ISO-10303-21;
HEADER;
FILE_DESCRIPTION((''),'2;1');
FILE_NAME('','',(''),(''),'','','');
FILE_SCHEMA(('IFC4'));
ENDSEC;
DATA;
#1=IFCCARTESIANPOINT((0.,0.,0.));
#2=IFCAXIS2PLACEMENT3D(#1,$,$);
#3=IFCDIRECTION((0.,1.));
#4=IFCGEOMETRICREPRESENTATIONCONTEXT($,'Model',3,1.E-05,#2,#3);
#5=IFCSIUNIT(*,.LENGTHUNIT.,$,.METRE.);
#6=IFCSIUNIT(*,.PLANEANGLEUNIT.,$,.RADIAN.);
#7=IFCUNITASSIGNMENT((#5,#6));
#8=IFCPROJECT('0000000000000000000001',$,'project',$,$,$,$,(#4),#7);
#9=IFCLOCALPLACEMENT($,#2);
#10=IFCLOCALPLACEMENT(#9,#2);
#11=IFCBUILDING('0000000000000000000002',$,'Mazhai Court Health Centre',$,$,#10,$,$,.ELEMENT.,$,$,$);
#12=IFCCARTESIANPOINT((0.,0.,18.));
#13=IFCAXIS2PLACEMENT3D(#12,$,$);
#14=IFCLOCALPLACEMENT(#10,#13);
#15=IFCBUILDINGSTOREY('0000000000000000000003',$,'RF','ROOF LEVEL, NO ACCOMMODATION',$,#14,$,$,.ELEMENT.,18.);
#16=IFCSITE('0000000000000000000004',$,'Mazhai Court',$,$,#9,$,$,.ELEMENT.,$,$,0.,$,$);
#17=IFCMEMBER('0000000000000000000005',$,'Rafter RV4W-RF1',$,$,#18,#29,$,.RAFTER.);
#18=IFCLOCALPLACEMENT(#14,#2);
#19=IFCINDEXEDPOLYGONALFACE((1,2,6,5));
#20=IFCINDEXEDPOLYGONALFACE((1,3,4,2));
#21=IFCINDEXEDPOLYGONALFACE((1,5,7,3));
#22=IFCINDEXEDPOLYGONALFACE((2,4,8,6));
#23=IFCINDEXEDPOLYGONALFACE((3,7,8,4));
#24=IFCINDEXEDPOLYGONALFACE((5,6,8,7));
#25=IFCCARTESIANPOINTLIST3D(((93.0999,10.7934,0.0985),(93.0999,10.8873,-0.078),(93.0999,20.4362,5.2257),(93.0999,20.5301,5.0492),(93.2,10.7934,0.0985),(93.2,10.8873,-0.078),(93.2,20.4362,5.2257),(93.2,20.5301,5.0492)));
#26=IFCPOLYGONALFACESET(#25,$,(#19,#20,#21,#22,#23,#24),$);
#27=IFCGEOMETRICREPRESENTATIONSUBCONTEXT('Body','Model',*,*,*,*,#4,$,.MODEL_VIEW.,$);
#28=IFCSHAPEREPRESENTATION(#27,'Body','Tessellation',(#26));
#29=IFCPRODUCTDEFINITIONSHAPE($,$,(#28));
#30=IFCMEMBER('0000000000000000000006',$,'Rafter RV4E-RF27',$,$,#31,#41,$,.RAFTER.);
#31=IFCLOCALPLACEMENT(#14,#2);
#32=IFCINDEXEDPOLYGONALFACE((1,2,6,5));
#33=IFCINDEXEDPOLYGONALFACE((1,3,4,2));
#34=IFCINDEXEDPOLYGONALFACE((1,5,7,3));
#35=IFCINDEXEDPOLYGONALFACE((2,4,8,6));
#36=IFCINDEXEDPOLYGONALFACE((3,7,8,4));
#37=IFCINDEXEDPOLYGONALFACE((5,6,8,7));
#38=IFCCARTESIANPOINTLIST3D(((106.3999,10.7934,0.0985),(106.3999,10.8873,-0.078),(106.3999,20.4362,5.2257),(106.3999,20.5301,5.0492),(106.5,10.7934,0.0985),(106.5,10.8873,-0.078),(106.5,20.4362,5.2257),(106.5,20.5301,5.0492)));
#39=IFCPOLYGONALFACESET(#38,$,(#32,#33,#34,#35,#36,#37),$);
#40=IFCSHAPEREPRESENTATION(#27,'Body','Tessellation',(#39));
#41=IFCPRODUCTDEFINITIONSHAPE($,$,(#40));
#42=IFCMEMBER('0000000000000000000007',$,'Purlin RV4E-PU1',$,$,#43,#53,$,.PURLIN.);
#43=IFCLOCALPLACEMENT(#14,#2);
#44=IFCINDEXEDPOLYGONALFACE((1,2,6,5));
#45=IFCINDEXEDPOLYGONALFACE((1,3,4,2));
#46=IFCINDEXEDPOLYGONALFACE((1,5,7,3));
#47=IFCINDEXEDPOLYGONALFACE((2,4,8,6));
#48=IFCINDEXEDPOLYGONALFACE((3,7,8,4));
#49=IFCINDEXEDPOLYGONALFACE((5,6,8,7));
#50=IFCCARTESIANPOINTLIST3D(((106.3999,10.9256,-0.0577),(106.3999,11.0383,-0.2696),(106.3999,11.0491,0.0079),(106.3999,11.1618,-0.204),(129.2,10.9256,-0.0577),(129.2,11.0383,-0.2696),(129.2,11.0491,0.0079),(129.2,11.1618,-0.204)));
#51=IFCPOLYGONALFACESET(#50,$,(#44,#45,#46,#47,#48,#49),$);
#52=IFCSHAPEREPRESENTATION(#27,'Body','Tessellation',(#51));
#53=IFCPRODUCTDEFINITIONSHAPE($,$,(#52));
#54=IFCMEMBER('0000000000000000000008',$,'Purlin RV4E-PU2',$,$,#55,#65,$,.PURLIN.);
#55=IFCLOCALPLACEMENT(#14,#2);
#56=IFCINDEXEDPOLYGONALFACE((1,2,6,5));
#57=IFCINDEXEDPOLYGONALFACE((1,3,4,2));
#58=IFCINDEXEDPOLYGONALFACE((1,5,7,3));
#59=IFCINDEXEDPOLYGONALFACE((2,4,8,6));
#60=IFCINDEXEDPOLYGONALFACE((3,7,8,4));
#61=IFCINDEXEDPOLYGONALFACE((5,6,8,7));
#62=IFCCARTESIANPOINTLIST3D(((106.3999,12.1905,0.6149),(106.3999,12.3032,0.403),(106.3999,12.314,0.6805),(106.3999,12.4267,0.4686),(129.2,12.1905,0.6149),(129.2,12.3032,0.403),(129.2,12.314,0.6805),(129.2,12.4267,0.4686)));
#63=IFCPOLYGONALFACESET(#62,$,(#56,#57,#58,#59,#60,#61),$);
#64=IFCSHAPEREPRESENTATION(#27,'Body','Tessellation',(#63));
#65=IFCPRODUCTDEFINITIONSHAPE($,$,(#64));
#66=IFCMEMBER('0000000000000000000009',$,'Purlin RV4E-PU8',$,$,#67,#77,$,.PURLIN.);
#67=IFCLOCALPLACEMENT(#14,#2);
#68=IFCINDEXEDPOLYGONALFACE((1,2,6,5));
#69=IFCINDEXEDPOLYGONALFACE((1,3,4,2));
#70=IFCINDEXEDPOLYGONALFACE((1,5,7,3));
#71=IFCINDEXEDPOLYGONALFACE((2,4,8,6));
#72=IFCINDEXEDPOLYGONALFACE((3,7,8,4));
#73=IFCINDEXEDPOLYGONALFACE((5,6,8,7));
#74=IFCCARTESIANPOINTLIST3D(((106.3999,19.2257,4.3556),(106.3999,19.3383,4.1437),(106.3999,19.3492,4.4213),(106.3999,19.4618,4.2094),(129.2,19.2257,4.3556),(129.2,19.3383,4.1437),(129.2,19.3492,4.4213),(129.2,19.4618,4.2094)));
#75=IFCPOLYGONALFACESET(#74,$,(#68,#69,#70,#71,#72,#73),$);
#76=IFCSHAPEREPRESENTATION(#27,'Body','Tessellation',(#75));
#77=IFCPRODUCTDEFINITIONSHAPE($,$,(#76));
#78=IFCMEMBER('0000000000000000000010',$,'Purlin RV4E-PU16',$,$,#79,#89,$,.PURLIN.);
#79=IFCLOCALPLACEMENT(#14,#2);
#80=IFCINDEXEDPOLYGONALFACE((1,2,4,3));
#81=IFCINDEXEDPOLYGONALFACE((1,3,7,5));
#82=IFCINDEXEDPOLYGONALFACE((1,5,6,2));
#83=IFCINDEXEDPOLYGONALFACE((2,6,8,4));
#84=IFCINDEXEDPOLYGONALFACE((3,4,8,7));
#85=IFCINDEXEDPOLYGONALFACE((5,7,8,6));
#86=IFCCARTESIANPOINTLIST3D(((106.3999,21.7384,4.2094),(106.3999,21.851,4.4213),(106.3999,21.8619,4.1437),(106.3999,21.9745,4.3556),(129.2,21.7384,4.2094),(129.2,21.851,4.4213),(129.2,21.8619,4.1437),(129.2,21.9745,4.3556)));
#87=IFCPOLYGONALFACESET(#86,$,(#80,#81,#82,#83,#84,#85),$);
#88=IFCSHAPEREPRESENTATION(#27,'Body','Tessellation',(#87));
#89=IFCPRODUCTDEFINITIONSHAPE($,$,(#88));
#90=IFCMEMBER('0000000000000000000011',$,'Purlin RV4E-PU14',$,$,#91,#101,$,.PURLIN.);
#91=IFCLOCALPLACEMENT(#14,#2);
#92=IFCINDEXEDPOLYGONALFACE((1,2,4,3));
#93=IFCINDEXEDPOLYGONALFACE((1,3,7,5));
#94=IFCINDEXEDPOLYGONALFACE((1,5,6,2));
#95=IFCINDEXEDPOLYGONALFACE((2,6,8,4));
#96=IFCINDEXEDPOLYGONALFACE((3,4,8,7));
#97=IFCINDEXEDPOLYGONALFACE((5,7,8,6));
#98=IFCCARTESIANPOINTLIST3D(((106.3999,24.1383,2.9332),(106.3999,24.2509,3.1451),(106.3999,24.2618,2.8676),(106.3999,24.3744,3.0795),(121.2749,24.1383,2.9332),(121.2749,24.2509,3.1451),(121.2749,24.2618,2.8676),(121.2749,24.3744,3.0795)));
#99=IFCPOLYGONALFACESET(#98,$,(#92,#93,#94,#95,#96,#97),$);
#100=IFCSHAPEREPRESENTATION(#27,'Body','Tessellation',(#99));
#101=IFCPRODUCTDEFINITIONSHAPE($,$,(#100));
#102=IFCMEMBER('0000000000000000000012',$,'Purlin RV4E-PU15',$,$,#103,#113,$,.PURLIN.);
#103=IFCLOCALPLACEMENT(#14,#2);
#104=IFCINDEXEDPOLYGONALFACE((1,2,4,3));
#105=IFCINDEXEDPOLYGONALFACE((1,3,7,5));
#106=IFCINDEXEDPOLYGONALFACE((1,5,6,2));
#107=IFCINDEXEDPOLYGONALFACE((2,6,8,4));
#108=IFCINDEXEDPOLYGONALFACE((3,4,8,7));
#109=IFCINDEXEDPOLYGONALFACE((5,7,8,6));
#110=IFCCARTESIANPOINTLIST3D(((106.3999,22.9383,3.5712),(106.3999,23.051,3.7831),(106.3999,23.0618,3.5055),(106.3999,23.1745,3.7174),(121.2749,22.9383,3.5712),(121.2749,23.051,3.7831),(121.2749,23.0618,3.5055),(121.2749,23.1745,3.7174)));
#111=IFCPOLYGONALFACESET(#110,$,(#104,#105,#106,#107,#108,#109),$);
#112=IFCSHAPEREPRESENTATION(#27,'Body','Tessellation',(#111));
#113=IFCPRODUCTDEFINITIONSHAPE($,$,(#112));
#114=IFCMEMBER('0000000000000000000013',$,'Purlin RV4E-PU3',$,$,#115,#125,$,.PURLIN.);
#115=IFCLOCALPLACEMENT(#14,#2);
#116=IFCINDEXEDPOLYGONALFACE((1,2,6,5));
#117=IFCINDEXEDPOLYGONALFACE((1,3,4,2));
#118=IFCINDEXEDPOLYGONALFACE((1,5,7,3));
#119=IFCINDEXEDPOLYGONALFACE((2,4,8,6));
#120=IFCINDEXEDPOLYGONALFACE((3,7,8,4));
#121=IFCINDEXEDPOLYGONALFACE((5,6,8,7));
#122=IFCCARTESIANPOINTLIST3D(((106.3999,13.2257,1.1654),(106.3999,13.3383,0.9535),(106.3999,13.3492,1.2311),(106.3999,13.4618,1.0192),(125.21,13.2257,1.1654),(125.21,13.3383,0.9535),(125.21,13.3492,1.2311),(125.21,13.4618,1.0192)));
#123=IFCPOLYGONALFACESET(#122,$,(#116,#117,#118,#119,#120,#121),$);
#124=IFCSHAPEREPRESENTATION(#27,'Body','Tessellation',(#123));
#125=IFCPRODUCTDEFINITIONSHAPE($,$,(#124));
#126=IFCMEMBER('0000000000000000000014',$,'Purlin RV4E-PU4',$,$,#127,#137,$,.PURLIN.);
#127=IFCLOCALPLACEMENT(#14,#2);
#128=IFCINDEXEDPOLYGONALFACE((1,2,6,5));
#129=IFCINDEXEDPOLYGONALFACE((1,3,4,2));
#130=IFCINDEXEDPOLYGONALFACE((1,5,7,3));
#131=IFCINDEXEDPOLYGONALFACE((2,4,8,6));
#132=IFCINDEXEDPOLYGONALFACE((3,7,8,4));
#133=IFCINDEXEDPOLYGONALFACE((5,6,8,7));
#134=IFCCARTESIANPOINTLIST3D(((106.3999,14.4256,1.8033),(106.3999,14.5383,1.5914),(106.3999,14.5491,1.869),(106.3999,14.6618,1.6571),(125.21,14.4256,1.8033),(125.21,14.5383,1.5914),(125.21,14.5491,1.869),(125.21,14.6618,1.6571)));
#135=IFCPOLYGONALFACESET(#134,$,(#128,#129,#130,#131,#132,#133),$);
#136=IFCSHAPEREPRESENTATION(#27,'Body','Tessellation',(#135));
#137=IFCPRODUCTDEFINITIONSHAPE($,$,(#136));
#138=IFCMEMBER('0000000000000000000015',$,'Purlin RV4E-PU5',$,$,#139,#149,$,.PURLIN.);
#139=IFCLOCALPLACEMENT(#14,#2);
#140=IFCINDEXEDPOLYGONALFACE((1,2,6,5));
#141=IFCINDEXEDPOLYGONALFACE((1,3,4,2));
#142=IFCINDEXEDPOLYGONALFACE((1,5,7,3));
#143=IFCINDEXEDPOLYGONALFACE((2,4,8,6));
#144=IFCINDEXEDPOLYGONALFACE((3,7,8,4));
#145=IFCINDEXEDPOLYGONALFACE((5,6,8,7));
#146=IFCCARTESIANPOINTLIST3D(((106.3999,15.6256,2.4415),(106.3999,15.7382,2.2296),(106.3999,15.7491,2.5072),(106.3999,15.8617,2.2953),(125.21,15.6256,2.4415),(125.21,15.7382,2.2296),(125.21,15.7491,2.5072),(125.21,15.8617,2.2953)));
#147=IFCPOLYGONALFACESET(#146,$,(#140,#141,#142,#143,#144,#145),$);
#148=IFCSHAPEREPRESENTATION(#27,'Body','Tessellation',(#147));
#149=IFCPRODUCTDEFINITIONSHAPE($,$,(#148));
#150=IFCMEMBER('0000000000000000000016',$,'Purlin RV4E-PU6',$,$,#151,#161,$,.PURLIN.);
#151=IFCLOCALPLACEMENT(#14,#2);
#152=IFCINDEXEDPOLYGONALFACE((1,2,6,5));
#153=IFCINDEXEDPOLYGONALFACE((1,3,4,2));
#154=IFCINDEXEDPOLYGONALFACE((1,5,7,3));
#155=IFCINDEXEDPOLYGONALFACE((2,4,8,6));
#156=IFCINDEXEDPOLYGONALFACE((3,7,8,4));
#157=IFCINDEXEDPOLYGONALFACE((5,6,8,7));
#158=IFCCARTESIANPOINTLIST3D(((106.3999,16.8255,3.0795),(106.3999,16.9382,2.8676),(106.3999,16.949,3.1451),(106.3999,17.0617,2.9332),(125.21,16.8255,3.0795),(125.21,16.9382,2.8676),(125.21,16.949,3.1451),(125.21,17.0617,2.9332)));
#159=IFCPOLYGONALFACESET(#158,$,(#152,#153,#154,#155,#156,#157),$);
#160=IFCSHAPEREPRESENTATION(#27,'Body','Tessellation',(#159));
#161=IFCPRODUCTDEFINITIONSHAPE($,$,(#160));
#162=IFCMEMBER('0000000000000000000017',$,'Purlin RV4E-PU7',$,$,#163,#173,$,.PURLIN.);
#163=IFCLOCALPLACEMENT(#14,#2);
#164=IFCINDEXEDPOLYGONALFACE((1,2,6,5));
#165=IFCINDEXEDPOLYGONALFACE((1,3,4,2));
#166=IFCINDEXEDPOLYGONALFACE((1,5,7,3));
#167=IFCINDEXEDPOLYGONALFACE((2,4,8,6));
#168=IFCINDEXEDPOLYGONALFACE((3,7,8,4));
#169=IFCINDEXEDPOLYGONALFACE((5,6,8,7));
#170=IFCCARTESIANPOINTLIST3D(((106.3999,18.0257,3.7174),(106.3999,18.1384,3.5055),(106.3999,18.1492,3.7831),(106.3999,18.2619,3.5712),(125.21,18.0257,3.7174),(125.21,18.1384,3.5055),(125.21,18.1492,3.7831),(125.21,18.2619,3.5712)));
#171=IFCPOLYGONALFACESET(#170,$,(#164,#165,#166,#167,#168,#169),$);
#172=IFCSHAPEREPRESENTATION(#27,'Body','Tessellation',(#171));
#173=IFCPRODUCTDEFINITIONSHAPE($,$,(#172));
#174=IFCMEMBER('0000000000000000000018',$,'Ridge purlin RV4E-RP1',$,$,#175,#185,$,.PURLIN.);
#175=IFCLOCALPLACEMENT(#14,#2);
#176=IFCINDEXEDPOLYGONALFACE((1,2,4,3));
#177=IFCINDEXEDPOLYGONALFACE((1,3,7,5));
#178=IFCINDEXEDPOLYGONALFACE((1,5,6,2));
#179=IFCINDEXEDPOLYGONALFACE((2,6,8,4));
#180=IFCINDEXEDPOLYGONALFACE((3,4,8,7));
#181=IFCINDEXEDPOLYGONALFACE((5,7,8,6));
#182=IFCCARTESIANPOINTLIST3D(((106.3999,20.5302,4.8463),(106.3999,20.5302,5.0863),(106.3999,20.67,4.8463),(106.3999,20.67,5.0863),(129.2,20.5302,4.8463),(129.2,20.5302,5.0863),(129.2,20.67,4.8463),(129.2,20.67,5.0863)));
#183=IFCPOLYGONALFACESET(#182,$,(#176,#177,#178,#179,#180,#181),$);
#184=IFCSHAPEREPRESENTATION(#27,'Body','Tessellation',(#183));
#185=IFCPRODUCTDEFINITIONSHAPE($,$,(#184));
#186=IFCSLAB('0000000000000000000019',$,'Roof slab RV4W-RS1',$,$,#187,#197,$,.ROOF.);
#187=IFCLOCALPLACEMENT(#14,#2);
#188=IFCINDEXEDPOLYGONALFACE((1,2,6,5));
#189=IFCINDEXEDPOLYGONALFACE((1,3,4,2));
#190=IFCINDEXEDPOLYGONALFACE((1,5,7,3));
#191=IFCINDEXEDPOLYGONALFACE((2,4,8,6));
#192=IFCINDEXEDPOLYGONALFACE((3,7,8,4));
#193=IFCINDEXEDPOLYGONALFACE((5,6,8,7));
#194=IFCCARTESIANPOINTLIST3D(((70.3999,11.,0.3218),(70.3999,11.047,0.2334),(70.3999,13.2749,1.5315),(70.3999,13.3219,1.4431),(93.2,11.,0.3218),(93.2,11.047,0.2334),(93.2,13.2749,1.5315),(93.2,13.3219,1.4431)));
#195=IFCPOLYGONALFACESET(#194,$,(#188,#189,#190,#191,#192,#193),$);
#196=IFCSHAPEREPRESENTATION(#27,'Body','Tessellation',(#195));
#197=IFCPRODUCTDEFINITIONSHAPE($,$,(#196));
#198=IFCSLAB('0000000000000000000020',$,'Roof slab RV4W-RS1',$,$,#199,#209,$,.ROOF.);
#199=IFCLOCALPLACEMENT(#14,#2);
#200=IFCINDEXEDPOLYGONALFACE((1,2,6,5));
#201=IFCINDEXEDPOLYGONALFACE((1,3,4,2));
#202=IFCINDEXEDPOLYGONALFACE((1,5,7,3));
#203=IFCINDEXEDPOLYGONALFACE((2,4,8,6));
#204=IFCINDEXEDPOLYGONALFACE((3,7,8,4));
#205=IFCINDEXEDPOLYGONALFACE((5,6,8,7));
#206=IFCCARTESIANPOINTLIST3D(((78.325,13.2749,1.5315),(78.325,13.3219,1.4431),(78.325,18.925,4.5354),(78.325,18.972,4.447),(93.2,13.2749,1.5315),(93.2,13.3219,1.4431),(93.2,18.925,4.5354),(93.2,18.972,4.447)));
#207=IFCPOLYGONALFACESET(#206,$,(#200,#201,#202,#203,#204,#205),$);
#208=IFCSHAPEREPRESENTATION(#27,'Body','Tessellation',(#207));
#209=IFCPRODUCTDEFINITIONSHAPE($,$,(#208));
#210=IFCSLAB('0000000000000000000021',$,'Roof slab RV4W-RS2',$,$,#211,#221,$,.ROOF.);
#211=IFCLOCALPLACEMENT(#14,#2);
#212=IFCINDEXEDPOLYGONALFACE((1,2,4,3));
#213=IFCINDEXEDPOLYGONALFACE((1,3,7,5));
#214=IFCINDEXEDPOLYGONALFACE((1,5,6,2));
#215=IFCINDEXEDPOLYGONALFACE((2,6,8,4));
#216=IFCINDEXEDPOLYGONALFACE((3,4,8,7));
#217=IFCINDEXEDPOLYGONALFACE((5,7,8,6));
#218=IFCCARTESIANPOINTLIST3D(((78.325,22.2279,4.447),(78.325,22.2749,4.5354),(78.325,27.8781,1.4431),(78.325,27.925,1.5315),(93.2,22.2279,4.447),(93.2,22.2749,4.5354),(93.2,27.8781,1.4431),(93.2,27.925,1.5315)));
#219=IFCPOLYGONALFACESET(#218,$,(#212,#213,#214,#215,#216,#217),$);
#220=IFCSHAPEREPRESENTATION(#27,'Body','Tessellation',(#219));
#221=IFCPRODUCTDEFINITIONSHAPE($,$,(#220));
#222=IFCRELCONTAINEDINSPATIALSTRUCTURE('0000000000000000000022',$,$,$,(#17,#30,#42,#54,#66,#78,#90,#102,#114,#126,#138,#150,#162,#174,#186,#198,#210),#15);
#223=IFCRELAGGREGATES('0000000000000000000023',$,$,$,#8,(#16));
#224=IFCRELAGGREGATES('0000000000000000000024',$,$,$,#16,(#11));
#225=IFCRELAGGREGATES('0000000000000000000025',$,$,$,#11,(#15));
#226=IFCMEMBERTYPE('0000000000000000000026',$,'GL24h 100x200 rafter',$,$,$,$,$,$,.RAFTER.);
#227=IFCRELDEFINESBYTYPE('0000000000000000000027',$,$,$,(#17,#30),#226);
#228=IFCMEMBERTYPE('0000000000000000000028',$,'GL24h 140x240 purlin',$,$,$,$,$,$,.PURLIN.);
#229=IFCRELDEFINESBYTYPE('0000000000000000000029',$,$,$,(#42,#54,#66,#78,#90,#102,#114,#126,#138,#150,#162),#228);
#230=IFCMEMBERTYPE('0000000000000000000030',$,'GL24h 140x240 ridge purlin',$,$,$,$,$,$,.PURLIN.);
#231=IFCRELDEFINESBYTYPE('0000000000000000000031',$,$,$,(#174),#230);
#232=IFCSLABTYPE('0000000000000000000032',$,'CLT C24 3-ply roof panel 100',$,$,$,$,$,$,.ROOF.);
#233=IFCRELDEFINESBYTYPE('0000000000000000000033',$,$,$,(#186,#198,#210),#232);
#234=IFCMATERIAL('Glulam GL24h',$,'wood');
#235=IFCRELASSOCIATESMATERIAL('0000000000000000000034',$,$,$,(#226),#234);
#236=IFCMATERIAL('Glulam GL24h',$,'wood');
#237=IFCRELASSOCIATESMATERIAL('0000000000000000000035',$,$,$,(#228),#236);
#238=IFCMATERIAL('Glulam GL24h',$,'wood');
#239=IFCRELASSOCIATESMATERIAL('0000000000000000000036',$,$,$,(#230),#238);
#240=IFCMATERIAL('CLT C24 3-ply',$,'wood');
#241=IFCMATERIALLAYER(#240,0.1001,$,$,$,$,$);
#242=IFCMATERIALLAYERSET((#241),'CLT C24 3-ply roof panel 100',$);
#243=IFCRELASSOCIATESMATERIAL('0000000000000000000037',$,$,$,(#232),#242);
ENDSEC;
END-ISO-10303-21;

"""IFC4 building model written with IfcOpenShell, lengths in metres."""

from ifc_helpers import new_model, si_unit, direction, frame, origin, origin_2d, place, context, subcontext, project, spatial, polyline, rectangle, outline, extrude, material, layer, layer_set, material_profile, profile_set, type_object, element, save


model = new_model("IFC4")

# Units and contexts
model_context = context("Model", 3, precision=1e-05, world=origin(), true_north=direction((0.0, 1.0)))
body_context = subcontext(model_context, "Body", "Model", "MODEL_VIEW")
ifc_project = project(units=[si_unit("LENGTHUNIT", "METRE"), si_unit("PLANEANGLEUNIT", "RADIAN")], contexts=[model_context])

# Site, building, storey
site_placement = place(None, origin())
site = spatial("IfcSite", under=ifc_project, at=site_placement, Name="Mazhai Court", CompositionType="ELEMENT", RefElevation=0.0)
building_placement = place(site_placement, origin())
building = spatial("IfcBuilding", under=site, at=building_placement, Name="Mazhai Court Health Centre", CompositionType="ELEMENT")
storey_placement = place(building_placement, frame((0.0, 0.0, 18.0)))
storey = spatial("IfcBuildingStorey", under=building, at=storey_placement, Name="RF", Description="ROOF LEVEL, NO ACCOMMODATION", CompositionType="ELEMENT", Elevation=18.0)

# Members
ifc_material_1 = material(Name="Glulam GL24h", Category="wood")
ifc_material_profile_1 = material_profile(ifc_material_1, rectangle(XDim=0.1001, YDim=0.2, at=origin_2d()), Name="GL24h 100x200")
ifc_profile_set_1 = profile_set([ifc_material_profile_1], Name="Glulam GL24h")
member_type_1 = type_object("IfcMemberType", Name="GL24h 100x200 rafter", PredefinedType="RAFTER", material=ifc_profile_set_1)
for number, where, z_axis, x_axis, name in (
    (1, (93.1499, 10.8403, 0.0103), (0.0, 0.882947, 0.469473), (-1.0, 0.0, 0.0), "Rafter RV4W-RF1"),
    (2, (106.45, 10.8403, 0.0103), (0.0, 0.882947, 0.469473), (-1.0, 0.0, 0.0), "Rafter RV4E-RF27"),
):
    element("IfcMember", number, at=place(storey_placement, frame(where, z_axis=z_axis, x_axis=x_axis)), inside=storey, type_object=member_type_1, Name=name, PredefinedType="RAFTER", context=body_context, shape_type="SweptSolid", body=[
        extrude(rectangle(XDim=0.1001, YDim=0.2, at=origin_2d()), origin(), (0.0, 0.0, 1.0), 10.9211),
    ])
ifc_material_2 = material(Name="Glulam GL24h", Category="wood")
ifc_material_profile_2 = material_profile(ifc_material_2, rectangle(XDim=0.1399, YDim=0.24, at=origin_2d()), Name="GL24h 140x240")
ifc_profile_set_2 = profile_set([ifc_material_profile_2], Name="Glulam GL24h")
member_type_2 = type_object("IfcMemberType", Name="GL24h 140x240 purlin", PredefinedType="PURLIN", material=ifc_profile_set_2)
for number, where, z_axis, x_axis, name in (
    (3, (106.3999, 11.0437, -0.1309), (1.0, 0.0, 0.0), (0.0, 0.882948, 0.469472), "Purlin RV4E-PU1"),
    (4, (106.3999, 12.3086, 0.5417), (1.0, 0.0, 0.0), (0.0, 0.882948, 0.469472), "Purlin RV4E-PU2"),
    (5, (106.3999, 19.3438, 4.2825), (1.0, 0.0, 0.0), (0.0, 0.882948, 0.469472), "Purlin RV4E-PU8"),
    (6, (106.3999, 21.8564, 4.2825), (1.0, 0.0, 0.0), (0.0, 0.882948, -0.469472), "Purlin RV4E-PU16"),
):
    element("IfcMember", number, at=place(storey_placement, frame(where, z_axis=z_axis, x_axis=x_axis)), inside=storey, type_object=member_type_2, Name=name, PredefinedType="PURLIN", context=body_context, shape_type="SweptSolid", body=[
        extrude(rectangle(XDim=0.1399, YDim=0.24, at=origin_2d()), origin(), (0.0, 0.0, 1.0), 22.8),
    ])
for number, where, z_axis, x_axis, name in (
    (7, (106.3999, 24.2563, 3.0063), (1.0, 0.0, 0.0), (0.0, 0.882948, -0.469472), "Purlin RV4E-PU14"),
    (8, (106.3999, 23.0564, 3.6443), (1.0, 0.0, 0.0), (0.0, 0.882948, -0.469472), "Purlin RV4E-PU15"),
):
    element("IfcMember", number, at=place(storey_placement, frame(where, z_axis=z_axis, x_axis=x_axis)), inside=storey, type_object=member_type_2, Name=name, PredefinedType="PURLIN", context=body_context, shape_type="SweptSolid", body=[
        extrude(rectangle(XDim=0.1399, YDim=0.24, at=origin_2d()), origin(), (0.0, 0.0, 1.0), 14.875),
    ])
for number, where, z_axis, x_axis, name in (
    (9, (106.3999, 13.3438, 1.0923), (1.0, 0.0, 0.0), (0.0, 0.882948, 0.469472), "Purlin RV4E-PU3"),
    (10, (106.3999, 14.5437, 1.7302), (1.0, 0.0, 0.0), (0.0, 0.882948, 0.469472), "Purlin RV4E-PU4"),
    (11, (106.3999, 15.7437, 2.3684), (1.0, 0.0, 0.0), (0.0, 0.882948, 0.469472), "Purlin RV4E-PU5"),
    (12, (106.3999, 16.9436, 3.0063), (1.0, 0.0, 0.0), (0.0, 0.882948, 0.469472), "Purlin RV4E-PU6"),
    (13, (106.3999, 18.1438, 3.6443), (1.0, 0.0, 0.0), (0.0, 0.882948, 0.469472), "Purlin RV4E-PU7"),
):
    element("IfcMember", number, at=place(storey_placement, frame(where, z_axis=z_axis, x_axis=x_axis)), inside=storey, type_object=member_type_2, Name=name, PredefinedType="PURLIN", context=body_context, shape_type="SweptSolid", body=[
        extrude(rectangle(XDim=0.1399, YDim=0.24, at=origin_2d()), origin(), (0.0, 0.0, 1.0), 18.8101),
    ])
ifc_material_3 = material(Name="Glulam GL24h", Category="wood")
ifc_material_profile_3 = material_profile(ifc_material_3, rectangle(XDim=0.1399, YDim=0.24, at=origin_2d()), Name="GL24h 140x240")
ifc_profile_set_3 = profile_set([ifc_material_profile_3], Name="Glulam GL24h")
member_type_3 = type_object("IfcMemberType", Name="GL24h 140x240 ridge purlin", PredefinedType="PURLIN", material=ifc_profile_set_3)
member_placement = place(storey_placement, frame((106.3999, 20.6001, 4.9663), z_axis=(1.0, 0.0, 0.0), x_axis=(0.0, 1.0, 0.0)))
element("IfcMember", 14, at=member_placement, inside=storey, type_object=member_type_3, Name="Ridge purlin RV4E-RP1", PredefinedType="PURLIN", context=body_context, shape_type="SweptSolid", body=[
    extrude(rectangle(XDim=0.1399, YDim=0.24, at=origin_2d()), origin(), (0.0, 0.0, 1.0), 22.8),
])

# Slabs
ifc_material_4 = material(Name="CLT C24 3-ply", Category="wood")
ifc_layer_1 = layer(ifc_material_4, 0.1001)
ifc_layer_set_1 = layer_set([ifc_layer_1], Name="CLT C24 3-ply roof panel 100")
slab_type = type_object("IfcSlabType", Name="CLT C24 3-ply roof panel 100", PredefinedType="ROOF", material=ifc_layer_set_1)
slab_1_placement = place(storey_placement, frame((93.2, 11.0, 0.3218), z_axis=(0.0, -0.469511, 0.882927), x_axis=(-1.0, 0.0, 0.0)))
element("IfcSlab", 15, at=slab_1_placement, inside=storey, type_object=slab_type, Name="Roof slab RV4W-RS1", PredefinedType="ROOF", context=body_context, shape_type="SweptSolid", body=[
    extrude(outline(polyline([(0.0, 0.0), (22.8, 0.0), (22.8, -2.5765), (0.0, -2.5765), (0.0, 0.0)])), origin(), (0.0, 0.0, -1.0), 0.1001),
])
for number, where, z_axis, x_axis, name in (
    (16, (93.2, 13.2749, 1.5315), (0.0, -0.469431, 0.882969), (-1.0, 0.0, 0.0), "Roof slab RV4W-RS1"),
    (17, (93.2, 22.2749, 4.5354), (0.0, 0.469431, 0.882969), (-1.0, 0.0, 0.0), "Roof slab RV4W-RS2"),
):
    element("IfcSlab", number, at=place(storey_placement, frame(where, z_axis=z_axis, x_axis=x_axis)), inside=storey, type_object=slab_type, Name=name, PredefinedType="ROOF", context=body_context, shape_type="SweptSolid", body=[
        extrude(outline(polyline([(0.0, 0.0), (14.875, 0.0), (14.875, -6.399), (0.0, -6.399), (0.0, 0.0)])), origin(), (0.0, 0.0, -1.0), 0.1001),
    ])

save(model, "model.ifc")
